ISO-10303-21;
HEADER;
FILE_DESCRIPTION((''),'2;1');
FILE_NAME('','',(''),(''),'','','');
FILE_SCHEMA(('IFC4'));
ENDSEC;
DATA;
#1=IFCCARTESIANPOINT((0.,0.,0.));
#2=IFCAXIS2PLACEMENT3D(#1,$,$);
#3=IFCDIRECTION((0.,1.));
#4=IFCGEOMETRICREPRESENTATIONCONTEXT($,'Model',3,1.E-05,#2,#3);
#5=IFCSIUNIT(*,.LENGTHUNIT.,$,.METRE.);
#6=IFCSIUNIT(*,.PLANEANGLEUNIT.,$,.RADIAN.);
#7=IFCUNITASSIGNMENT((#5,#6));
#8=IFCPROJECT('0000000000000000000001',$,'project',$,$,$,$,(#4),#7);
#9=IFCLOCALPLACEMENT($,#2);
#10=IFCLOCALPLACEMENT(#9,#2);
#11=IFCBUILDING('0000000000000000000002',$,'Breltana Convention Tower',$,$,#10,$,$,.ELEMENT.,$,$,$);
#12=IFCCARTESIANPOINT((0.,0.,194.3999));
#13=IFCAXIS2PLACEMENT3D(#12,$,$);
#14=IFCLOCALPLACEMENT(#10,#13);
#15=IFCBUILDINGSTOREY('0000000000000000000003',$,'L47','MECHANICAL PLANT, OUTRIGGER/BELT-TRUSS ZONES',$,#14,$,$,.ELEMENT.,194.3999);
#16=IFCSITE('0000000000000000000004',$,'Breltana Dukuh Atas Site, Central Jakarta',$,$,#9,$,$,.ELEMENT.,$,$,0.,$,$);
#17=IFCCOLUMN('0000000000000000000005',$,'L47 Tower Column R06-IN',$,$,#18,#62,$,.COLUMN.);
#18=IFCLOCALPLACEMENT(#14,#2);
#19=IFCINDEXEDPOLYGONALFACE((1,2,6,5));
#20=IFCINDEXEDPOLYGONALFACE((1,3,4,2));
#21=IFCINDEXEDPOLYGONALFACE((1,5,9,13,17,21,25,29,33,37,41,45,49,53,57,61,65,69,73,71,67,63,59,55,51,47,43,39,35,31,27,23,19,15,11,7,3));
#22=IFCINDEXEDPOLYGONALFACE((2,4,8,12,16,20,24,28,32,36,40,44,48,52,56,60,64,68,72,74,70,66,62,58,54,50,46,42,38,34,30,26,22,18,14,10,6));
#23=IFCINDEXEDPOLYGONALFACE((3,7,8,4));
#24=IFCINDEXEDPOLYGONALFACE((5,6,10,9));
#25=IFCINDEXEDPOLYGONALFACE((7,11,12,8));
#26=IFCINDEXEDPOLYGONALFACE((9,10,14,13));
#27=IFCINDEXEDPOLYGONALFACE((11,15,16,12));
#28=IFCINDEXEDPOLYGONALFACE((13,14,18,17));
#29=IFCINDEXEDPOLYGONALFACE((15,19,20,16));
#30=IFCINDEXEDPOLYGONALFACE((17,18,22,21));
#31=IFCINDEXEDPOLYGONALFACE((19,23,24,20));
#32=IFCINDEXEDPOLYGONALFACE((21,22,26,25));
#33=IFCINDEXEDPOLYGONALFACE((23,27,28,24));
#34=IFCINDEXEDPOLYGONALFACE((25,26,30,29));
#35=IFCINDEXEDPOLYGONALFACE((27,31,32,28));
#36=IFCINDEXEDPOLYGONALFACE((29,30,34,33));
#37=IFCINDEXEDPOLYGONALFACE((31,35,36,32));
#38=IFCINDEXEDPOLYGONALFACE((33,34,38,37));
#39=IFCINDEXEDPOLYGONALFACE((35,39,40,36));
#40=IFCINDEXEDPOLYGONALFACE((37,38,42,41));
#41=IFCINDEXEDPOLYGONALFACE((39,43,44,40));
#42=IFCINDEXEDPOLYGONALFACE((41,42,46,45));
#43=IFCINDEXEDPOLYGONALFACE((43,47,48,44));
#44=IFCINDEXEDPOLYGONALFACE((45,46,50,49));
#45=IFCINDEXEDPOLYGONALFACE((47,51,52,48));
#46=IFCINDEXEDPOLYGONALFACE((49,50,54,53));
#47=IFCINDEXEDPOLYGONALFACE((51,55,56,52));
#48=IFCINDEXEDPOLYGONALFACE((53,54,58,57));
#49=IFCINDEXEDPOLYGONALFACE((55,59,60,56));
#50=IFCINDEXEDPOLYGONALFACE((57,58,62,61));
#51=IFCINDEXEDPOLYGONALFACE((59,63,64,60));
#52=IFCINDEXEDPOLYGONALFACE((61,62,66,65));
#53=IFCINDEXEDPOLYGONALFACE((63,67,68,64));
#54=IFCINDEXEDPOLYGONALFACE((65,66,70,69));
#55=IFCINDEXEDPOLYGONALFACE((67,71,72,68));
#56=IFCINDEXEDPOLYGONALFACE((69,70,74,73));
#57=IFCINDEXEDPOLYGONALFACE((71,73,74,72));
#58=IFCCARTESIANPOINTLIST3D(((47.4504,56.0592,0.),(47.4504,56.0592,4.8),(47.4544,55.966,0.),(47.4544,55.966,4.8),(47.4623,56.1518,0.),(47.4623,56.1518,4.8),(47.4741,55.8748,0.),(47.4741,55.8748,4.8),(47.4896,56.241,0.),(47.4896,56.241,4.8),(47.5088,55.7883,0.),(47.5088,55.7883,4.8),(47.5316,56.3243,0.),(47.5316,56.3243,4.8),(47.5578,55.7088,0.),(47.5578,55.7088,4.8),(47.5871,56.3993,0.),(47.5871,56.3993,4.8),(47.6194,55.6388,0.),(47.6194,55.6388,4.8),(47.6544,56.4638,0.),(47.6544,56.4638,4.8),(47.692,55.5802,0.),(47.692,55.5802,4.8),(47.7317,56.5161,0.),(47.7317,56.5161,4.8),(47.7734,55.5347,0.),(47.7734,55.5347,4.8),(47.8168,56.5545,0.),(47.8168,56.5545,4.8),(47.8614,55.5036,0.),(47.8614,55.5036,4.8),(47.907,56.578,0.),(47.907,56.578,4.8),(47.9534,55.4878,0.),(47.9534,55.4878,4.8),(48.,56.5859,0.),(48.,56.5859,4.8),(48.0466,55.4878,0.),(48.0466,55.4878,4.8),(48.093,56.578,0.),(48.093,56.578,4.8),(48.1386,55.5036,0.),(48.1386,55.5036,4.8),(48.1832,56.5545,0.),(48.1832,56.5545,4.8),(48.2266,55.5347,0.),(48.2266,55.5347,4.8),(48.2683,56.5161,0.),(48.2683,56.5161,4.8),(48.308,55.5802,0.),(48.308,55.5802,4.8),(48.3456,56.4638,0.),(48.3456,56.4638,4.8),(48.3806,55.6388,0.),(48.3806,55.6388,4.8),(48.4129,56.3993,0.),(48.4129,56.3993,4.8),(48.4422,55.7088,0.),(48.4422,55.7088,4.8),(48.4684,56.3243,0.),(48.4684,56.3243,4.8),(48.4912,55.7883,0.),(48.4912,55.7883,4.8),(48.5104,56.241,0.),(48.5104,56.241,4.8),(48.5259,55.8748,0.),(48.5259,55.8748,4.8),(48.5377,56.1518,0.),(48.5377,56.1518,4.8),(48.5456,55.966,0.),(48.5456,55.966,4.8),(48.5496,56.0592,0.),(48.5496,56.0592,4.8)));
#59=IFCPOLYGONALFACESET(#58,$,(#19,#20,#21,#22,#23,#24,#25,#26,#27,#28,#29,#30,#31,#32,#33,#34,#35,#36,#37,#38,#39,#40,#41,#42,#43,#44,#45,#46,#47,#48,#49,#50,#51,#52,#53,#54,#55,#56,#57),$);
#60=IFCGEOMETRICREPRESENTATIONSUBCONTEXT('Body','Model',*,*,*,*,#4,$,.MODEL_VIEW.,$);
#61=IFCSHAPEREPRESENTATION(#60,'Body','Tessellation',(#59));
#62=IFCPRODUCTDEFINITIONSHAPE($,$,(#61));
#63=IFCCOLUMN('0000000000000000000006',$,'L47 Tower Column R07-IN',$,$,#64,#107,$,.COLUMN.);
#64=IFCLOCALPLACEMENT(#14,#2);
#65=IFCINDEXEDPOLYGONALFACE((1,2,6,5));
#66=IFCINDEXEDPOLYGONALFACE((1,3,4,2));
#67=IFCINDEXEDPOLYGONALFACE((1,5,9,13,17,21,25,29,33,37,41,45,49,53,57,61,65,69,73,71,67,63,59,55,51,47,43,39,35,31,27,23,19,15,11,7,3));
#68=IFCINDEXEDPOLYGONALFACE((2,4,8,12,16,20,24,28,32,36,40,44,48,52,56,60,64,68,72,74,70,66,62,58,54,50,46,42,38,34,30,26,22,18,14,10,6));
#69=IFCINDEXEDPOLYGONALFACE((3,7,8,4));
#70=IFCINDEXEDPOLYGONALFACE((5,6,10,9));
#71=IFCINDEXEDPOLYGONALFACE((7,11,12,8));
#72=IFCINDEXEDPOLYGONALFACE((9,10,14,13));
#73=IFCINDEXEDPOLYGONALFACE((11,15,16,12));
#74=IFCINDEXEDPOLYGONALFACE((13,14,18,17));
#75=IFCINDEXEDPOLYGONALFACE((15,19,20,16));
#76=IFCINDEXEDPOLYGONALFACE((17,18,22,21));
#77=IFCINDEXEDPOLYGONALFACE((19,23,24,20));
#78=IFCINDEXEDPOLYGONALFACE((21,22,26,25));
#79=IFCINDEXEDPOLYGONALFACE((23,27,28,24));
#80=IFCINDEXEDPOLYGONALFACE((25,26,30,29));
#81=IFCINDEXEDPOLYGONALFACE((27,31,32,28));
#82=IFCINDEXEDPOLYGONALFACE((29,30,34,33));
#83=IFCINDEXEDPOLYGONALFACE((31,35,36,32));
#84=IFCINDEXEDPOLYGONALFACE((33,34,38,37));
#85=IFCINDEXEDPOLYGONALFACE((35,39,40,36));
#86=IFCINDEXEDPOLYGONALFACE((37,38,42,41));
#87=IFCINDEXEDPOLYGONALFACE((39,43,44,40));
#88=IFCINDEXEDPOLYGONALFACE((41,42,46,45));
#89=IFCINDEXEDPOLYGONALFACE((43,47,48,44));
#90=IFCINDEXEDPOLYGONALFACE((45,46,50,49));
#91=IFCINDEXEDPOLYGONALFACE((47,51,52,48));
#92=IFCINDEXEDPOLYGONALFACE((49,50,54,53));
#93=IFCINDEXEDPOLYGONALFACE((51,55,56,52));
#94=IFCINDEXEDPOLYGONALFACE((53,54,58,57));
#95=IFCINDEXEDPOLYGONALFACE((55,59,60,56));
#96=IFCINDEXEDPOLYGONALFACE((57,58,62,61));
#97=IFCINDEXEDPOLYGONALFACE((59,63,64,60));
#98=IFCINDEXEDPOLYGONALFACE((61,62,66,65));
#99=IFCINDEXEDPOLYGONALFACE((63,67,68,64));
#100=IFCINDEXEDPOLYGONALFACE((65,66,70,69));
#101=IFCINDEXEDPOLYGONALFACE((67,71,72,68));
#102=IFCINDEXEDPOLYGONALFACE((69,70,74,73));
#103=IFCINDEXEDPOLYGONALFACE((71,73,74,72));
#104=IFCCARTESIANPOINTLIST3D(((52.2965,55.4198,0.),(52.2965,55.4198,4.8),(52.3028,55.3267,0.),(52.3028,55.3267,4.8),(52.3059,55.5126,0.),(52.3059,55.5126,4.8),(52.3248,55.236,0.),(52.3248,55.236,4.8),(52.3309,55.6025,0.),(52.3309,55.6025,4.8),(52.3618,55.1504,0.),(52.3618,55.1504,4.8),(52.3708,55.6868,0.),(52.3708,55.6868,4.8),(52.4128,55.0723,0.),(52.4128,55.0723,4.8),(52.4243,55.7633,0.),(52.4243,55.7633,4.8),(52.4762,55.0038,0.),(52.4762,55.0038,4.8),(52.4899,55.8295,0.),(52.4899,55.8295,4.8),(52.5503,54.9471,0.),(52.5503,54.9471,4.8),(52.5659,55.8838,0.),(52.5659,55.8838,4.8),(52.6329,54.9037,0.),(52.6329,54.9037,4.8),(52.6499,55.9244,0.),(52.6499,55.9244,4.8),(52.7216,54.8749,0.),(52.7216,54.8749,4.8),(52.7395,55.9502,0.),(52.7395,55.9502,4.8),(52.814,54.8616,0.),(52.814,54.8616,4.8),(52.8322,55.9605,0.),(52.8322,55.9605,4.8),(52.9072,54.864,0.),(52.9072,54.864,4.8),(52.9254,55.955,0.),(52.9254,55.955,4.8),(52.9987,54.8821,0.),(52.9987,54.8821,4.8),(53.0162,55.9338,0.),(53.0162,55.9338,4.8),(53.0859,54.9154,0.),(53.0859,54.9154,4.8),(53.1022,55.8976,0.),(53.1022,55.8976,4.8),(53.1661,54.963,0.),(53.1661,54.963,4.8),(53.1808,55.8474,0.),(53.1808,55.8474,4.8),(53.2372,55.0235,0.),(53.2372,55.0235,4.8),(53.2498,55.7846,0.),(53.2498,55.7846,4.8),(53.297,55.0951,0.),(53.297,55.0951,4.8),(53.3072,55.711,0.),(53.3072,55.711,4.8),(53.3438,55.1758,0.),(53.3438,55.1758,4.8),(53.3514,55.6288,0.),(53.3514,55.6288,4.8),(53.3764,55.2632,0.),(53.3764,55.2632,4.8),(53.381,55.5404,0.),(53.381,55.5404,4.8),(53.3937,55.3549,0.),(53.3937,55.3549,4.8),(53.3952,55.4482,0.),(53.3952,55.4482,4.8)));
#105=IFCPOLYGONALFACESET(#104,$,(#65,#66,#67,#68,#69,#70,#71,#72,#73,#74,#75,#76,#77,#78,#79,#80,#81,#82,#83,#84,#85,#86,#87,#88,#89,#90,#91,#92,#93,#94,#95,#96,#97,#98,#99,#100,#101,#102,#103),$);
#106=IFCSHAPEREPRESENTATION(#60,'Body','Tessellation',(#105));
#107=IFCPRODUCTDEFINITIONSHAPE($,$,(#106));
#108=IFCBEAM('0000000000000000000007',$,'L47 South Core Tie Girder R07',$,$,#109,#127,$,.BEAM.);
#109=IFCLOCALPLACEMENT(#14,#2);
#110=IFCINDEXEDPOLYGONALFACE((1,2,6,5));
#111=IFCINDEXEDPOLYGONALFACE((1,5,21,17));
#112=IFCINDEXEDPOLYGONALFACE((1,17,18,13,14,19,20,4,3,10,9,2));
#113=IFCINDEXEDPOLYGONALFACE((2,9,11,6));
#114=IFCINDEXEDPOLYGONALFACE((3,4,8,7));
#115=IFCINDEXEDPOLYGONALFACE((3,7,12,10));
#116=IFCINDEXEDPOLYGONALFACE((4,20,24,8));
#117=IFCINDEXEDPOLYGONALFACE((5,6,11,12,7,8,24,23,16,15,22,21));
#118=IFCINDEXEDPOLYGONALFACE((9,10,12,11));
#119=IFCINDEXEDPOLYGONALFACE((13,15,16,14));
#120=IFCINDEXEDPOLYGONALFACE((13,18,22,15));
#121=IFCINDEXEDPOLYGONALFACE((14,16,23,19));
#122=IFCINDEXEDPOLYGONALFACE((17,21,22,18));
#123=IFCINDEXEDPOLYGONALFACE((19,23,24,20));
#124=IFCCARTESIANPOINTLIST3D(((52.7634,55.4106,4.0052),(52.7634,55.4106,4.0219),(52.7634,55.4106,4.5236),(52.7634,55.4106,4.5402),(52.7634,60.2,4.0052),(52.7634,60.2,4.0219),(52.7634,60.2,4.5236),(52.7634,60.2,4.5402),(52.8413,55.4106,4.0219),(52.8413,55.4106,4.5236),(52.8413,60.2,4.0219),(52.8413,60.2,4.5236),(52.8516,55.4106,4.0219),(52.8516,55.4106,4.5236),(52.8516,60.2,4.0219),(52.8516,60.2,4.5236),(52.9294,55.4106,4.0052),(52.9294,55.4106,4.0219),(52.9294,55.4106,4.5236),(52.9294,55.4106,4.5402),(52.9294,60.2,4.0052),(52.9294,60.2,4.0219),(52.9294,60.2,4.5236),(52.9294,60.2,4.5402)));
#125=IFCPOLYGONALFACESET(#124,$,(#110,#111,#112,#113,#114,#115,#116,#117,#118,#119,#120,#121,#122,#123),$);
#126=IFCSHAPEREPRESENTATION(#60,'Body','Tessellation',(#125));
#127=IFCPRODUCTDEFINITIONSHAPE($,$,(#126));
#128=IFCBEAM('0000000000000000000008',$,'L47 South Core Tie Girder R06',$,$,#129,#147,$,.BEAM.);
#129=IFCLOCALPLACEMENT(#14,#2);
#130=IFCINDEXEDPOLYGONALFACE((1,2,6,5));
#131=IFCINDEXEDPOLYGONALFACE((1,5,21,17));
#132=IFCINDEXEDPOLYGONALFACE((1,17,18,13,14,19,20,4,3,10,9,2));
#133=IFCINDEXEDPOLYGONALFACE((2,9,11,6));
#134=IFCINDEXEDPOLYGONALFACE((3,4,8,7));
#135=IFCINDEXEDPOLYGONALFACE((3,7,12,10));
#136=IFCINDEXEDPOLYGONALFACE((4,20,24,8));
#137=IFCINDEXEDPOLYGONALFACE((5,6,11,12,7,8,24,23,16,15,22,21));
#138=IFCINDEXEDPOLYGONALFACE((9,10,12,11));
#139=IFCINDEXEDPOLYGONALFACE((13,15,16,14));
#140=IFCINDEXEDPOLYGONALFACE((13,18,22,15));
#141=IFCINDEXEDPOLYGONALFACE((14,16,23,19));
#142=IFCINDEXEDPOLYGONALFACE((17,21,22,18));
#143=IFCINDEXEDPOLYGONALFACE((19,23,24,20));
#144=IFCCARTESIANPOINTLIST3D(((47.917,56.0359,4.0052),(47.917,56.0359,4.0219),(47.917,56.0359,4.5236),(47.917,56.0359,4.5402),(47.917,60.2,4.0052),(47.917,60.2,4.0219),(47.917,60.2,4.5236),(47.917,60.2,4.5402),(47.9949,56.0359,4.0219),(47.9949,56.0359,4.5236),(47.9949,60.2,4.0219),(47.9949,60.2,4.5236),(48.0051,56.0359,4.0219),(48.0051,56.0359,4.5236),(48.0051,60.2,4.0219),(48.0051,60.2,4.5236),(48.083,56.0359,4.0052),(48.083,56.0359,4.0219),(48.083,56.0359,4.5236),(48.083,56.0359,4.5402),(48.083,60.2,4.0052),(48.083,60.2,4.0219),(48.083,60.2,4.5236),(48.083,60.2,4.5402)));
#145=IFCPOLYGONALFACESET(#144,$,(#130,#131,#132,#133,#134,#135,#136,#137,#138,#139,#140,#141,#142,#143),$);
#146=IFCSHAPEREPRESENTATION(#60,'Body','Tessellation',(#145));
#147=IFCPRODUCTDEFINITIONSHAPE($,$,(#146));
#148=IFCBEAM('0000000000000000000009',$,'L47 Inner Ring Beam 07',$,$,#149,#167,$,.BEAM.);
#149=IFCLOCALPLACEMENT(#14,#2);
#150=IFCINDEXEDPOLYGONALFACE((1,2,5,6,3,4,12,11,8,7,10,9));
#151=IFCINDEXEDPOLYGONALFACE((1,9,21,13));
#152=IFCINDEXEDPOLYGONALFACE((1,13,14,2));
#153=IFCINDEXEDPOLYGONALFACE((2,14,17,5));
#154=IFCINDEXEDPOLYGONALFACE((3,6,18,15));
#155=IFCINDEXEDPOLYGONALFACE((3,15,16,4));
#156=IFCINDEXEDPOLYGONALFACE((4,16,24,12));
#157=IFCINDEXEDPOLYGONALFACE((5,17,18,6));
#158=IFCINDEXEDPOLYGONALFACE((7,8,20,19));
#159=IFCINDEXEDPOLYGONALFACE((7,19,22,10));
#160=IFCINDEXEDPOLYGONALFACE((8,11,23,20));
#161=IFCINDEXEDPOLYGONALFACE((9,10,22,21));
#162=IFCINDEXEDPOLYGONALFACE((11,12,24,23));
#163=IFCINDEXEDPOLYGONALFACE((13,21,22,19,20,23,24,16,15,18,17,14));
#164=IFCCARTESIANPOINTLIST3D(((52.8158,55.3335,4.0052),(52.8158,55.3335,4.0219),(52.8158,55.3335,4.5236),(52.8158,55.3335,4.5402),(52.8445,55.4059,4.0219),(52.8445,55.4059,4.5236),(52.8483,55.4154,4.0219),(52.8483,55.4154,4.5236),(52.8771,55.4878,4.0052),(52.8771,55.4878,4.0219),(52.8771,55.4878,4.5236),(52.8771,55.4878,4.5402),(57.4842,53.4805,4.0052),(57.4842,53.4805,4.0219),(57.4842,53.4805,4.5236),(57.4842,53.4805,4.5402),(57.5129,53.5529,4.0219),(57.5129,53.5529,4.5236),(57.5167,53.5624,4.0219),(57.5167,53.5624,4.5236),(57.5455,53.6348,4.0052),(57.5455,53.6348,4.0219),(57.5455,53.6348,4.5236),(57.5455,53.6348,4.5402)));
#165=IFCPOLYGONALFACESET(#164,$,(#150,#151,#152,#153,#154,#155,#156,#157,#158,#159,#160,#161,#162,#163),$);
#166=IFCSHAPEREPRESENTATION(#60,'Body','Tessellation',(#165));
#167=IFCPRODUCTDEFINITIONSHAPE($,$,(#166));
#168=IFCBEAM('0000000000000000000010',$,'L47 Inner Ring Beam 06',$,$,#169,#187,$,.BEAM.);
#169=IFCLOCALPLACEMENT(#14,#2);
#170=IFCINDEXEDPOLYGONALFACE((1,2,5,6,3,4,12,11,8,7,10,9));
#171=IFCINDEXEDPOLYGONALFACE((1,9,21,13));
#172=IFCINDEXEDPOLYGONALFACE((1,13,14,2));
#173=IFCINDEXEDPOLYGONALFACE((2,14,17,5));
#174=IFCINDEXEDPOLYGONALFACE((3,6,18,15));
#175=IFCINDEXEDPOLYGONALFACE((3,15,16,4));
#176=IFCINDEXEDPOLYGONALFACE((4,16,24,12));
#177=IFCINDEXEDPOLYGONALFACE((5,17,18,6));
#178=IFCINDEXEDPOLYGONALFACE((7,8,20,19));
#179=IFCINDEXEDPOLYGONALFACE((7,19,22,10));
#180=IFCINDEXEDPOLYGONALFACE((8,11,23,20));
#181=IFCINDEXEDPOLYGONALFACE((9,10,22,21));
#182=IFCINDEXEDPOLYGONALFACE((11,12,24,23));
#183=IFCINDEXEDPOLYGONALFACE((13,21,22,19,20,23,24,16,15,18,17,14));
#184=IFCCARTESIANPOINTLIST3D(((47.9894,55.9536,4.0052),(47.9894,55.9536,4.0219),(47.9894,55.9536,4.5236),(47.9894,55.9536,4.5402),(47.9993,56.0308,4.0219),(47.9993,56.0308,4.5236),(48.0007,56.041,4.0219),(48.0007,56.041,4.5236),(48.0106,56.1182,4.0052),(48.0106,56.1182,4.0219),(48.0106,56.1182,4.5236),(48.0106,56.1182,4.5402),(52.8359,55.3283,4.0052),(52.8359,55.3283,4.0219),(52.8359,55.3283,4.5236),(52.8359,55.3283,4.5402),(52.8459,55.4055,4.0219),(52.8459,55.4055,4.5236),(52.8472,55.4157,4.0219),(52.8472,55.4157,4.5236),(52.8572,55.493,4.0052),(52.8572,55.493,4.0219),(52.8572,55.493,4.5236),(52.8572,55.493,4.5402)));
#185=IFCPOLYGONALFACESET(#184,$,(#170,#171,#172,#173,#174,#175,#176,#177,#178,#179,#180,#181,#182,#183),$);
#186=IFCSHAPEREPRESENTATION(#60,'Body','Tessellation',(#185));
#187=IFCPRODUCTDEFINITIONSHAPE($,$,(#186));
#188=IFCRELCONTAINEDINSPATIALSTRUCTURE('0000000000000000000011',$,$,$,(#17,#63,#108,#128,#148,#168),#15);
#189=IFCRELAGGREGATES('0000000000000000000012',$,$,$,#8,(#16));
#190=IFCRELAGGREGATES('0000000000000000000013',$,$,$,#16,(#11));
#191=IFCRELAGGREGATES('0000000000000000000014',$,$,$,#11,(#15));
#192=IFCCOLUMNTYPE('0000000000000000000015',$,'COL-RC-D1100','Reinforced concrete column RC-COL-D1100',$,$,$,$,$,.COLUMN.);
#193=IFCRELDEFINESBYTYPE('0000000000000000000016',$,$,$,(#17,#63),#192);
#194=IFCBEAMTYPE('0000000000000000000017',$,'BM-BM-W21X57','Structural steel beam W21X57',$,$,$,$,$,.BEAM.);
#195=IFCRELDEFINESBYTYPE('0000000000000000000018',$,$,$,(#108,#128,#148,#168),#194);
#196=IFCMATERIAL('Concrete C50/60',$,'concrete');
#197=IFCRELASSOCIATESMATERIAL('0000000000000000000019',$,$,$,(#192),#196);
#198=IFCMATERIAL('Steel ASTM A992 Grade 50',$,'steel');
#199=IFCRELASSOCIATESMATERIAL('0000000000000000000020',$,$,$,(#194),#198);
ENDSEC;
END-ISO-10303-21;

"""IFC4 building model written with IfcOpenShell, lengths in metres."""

from ifc_helpers import new_model, si_unit, direction, frame, origin, origin_2d, place, context, subcontext, project, spatial, circle, i_section, extrude, source, transform, mapped, material, material_profile, profile_set, type_object, element, save


model = new_model("IFC4")

# Units and contexts
model_context = context("Model", 3, precision=1e-05, world=origin(), true_north=direction((0.0, 1.0)))
body_context = subcontext(model_context, "Body", "Model", "MODEL_VIEW")
ifc_project = project(units=[si_unit("LENGTHUNIT", "METRE"), si_unit("PLANEANGLEUNIT", "RADIAN")], contexts=[model_context])

# Site, building, storey
site_placement = place(None, origin())
site = spatial("IfcSite", under=ifc_project, at=site_placement, Name="Breltana Dukuh Atas Site, Central Jakarta", CompositionType="ELEMENT", RefElevation=0.0)
building_placement = place(site_placement, origin())
building = spatial("IfcBuilding", under=site, at=building_placement, Name="Breltana Convention Tower", CompositionType="ELEMENT")
storey_placement = place(building_placement, frame((0.0, 0.0, 194.3999)))
storey = spatial("IfcBuildingStorey", under=building, at=storey_placement, Name="L47", Description="MECHANICAL PLANT, OUTRIGGER/BELT-TRUSS ZONES", CompositionType="ELEMENT", Elevation=194.3999)

# Columns
ifc_material_1 = material(Name="Concrete C50/60", Category="concrete")
ifc_material_profile_1 = material_profile(ifc_material_1, circle(Radius=0.55, at=origin_2d()), Name="RC-COL-D1100")
ifc_profile_set_1 = profile_set([ifc_material_profile_1], Name="Concrete C50/60")
column_type = type_object("IfcColumnType", Name="COL-RC-D1100", Description="Reinforced concrete column RC-COL-D1100", PredefinedType="COLUMN", material=ifc_profile_set_1)
shared_shape_1 = source(origin(), body_context, "Body", "SweptSolid", [
    extrude(circle(Radius=0.55, at=origin_2d()), origin(), (0.0, 0.0, 1.0), 4.8),
])
for number, where, z_axis, x_axis, name in (
    (1, (48.0, 56.0359, 0.0), (0.0, 0.0, 1.0), (0.0, 1.0, 0.0), "L47 Tower Column R06-IN"),
    (2, (52.8464, 55.4106, 0.0), (0.0, 0.0, 1.0), (0.143493, 0.989651, 0.0), "L47 Tower Column R07-IN"),
):
    element("IfcColumn", number, at=place(storey_placement, frame(where, z_axis=z_axis, x_axis=x_axis)), inside=storey, type_object=column_type, Name=name, PredefinedType="COLUMN", context=body_context, shape_type="MappedRepresentation", body=[
        mapped(shared_shape_1, transform((0.0, 0.0, 0.0), scale=1.0)),
    ])

# Beams
ifc_material_2 = material(Name="Steel ASTM A992 Grade 50", Category="steel")
ifc_material_profile_2 = material_profile(ifc_material_2, i_section(OverallWidth=0.166, OverallDepth=0.5349, WebThickness=0.0103, FlangeThickness=0.0166, at=origin_2d()), Name="W21X57")
ifc_profile_set_2 = profile_set([ifc_material_profile_2], Name="Steel ASTM A992 Grade 50")
beam_type_1 = type_object("IfcBeamType", Name="BM-BM-W21X57", Description="Structural steel beam W21X57", PredefinedType="BEAM", material=ifc_profile_set_2)
shared_shape_2 = source(origin(), body_context, "Body", "SweptSolid", [
    extrude(i_section(OverallWidth=0.166, OverallDepth=0.5349, WebThickness=0.0103, FlangeThickness=0.0166, at=origin_2d()), origin(), (0.0, 0.0, 1.0), 4.7893),
])
beam_1_placement = place(storey_placement, frame((52.8464, 60.2, 4.2727), z_axis=(0.0, -1.0, 0.0), x_axis=(1.0, 0.0, 0.0)))
element("IfcBeam", 3, at=beam_1_placement, inside=storey, type_object=beam_type_1, Name="L47 South Core Tie Girder R07", PredefinedType="BEAM", context=body_context, shape_type="MappedRepresentation", body=[
    mapped(shared_shape_2, transform((0.0, 0.0, 0.0), scale=1.0)),
])
shared_shape_3 = source(origin(), body_context, "Body", "SweptSolid", [
    extrude(i_section(OverallWidth=0.166, OverallDepth=0.5349, WebThickness=0.0103, FlangeThickness=0.0166, at=origin_2d()), origin(), (0.0, 0.0, 1.0), 4.1641),
])
beam_2_placement = place(storey_placement, frame((48.0, 60.2, 4.2727), z_axis=(0.0, -1.0, 0.0), x_axis=(1.0, 0.0, 0.0)))
element("IfcBeam", 4, at=beam_2_placement, inside=storey, type_object=beam_type_1, Name="L47 South Core Tie Girder R06", PredefinedType="BEAM", context=body_context, shape_type="MappedRepresentation", body=[
    mapped(shared_shape_3, transform((0.0, 0.0, 0.0), scale=1.0)),
])
shared_shape_4 = source(origin(), body_context, "Body", "SweptSolid", [
    extrude(i_section(OverallWidth=0.166, OverallDepth=0.5349, WebThickness=0.0103, FlangeThickness=0.0166, at=origin_2d()), origin(), (0.0, 0.0, 1.0), 5.0227),
])
beam_3_placement = place(storey_placement, frame((52.8464, 55.4106, 4.2727), z_axis=(0.929459, -0.368926, 0.0), x_axis=(0.368926, 0.929459, 0.0)))
element("IfcBeam", 5, at=beam_3_placement, inside=storey, type_object=beam_type_1, Name="L47 Inner Ring Beam 07", PredefinedType="BEAM", context=body_context, shape_type="MappedRepresentation", body=[
    mapped(shared_shape_4, transform((0.0, 0.0, 0.0), scale=1.0)),
])
shared_shape_5 = source(origin(), body_context, "Body", "SweptSolid", [
    extrude(i_section(OverallWidth=0.166, OverallDepth=0.5349, WebThickness=0.0103, FlangeThickness=0.0166, at=origin_2d()), origin(), (0.0, 0.0, 1.0), 4.8867),
])
beam_4_placement = place(storey_placement, frame((48.0, 56.0359, 4.2727), z_axis=(0.991781, -0.127951, 0.0), x_axis=(0.127951, 0.991781, 0.0)))
element("IfcBeam", 6, at=beam_4_placement, inside=storey, type_object=beam_type_1, Name="L47 Inner Ring Beam 06", PredefinedType="BEAM", context=body_context, shape_type="MappedRepresentation", body=[
    mapped(shared_shape_5, transform((0.0, 0.0, 0.0), scale=1.0)),
])

save(model, "model.ifc")
